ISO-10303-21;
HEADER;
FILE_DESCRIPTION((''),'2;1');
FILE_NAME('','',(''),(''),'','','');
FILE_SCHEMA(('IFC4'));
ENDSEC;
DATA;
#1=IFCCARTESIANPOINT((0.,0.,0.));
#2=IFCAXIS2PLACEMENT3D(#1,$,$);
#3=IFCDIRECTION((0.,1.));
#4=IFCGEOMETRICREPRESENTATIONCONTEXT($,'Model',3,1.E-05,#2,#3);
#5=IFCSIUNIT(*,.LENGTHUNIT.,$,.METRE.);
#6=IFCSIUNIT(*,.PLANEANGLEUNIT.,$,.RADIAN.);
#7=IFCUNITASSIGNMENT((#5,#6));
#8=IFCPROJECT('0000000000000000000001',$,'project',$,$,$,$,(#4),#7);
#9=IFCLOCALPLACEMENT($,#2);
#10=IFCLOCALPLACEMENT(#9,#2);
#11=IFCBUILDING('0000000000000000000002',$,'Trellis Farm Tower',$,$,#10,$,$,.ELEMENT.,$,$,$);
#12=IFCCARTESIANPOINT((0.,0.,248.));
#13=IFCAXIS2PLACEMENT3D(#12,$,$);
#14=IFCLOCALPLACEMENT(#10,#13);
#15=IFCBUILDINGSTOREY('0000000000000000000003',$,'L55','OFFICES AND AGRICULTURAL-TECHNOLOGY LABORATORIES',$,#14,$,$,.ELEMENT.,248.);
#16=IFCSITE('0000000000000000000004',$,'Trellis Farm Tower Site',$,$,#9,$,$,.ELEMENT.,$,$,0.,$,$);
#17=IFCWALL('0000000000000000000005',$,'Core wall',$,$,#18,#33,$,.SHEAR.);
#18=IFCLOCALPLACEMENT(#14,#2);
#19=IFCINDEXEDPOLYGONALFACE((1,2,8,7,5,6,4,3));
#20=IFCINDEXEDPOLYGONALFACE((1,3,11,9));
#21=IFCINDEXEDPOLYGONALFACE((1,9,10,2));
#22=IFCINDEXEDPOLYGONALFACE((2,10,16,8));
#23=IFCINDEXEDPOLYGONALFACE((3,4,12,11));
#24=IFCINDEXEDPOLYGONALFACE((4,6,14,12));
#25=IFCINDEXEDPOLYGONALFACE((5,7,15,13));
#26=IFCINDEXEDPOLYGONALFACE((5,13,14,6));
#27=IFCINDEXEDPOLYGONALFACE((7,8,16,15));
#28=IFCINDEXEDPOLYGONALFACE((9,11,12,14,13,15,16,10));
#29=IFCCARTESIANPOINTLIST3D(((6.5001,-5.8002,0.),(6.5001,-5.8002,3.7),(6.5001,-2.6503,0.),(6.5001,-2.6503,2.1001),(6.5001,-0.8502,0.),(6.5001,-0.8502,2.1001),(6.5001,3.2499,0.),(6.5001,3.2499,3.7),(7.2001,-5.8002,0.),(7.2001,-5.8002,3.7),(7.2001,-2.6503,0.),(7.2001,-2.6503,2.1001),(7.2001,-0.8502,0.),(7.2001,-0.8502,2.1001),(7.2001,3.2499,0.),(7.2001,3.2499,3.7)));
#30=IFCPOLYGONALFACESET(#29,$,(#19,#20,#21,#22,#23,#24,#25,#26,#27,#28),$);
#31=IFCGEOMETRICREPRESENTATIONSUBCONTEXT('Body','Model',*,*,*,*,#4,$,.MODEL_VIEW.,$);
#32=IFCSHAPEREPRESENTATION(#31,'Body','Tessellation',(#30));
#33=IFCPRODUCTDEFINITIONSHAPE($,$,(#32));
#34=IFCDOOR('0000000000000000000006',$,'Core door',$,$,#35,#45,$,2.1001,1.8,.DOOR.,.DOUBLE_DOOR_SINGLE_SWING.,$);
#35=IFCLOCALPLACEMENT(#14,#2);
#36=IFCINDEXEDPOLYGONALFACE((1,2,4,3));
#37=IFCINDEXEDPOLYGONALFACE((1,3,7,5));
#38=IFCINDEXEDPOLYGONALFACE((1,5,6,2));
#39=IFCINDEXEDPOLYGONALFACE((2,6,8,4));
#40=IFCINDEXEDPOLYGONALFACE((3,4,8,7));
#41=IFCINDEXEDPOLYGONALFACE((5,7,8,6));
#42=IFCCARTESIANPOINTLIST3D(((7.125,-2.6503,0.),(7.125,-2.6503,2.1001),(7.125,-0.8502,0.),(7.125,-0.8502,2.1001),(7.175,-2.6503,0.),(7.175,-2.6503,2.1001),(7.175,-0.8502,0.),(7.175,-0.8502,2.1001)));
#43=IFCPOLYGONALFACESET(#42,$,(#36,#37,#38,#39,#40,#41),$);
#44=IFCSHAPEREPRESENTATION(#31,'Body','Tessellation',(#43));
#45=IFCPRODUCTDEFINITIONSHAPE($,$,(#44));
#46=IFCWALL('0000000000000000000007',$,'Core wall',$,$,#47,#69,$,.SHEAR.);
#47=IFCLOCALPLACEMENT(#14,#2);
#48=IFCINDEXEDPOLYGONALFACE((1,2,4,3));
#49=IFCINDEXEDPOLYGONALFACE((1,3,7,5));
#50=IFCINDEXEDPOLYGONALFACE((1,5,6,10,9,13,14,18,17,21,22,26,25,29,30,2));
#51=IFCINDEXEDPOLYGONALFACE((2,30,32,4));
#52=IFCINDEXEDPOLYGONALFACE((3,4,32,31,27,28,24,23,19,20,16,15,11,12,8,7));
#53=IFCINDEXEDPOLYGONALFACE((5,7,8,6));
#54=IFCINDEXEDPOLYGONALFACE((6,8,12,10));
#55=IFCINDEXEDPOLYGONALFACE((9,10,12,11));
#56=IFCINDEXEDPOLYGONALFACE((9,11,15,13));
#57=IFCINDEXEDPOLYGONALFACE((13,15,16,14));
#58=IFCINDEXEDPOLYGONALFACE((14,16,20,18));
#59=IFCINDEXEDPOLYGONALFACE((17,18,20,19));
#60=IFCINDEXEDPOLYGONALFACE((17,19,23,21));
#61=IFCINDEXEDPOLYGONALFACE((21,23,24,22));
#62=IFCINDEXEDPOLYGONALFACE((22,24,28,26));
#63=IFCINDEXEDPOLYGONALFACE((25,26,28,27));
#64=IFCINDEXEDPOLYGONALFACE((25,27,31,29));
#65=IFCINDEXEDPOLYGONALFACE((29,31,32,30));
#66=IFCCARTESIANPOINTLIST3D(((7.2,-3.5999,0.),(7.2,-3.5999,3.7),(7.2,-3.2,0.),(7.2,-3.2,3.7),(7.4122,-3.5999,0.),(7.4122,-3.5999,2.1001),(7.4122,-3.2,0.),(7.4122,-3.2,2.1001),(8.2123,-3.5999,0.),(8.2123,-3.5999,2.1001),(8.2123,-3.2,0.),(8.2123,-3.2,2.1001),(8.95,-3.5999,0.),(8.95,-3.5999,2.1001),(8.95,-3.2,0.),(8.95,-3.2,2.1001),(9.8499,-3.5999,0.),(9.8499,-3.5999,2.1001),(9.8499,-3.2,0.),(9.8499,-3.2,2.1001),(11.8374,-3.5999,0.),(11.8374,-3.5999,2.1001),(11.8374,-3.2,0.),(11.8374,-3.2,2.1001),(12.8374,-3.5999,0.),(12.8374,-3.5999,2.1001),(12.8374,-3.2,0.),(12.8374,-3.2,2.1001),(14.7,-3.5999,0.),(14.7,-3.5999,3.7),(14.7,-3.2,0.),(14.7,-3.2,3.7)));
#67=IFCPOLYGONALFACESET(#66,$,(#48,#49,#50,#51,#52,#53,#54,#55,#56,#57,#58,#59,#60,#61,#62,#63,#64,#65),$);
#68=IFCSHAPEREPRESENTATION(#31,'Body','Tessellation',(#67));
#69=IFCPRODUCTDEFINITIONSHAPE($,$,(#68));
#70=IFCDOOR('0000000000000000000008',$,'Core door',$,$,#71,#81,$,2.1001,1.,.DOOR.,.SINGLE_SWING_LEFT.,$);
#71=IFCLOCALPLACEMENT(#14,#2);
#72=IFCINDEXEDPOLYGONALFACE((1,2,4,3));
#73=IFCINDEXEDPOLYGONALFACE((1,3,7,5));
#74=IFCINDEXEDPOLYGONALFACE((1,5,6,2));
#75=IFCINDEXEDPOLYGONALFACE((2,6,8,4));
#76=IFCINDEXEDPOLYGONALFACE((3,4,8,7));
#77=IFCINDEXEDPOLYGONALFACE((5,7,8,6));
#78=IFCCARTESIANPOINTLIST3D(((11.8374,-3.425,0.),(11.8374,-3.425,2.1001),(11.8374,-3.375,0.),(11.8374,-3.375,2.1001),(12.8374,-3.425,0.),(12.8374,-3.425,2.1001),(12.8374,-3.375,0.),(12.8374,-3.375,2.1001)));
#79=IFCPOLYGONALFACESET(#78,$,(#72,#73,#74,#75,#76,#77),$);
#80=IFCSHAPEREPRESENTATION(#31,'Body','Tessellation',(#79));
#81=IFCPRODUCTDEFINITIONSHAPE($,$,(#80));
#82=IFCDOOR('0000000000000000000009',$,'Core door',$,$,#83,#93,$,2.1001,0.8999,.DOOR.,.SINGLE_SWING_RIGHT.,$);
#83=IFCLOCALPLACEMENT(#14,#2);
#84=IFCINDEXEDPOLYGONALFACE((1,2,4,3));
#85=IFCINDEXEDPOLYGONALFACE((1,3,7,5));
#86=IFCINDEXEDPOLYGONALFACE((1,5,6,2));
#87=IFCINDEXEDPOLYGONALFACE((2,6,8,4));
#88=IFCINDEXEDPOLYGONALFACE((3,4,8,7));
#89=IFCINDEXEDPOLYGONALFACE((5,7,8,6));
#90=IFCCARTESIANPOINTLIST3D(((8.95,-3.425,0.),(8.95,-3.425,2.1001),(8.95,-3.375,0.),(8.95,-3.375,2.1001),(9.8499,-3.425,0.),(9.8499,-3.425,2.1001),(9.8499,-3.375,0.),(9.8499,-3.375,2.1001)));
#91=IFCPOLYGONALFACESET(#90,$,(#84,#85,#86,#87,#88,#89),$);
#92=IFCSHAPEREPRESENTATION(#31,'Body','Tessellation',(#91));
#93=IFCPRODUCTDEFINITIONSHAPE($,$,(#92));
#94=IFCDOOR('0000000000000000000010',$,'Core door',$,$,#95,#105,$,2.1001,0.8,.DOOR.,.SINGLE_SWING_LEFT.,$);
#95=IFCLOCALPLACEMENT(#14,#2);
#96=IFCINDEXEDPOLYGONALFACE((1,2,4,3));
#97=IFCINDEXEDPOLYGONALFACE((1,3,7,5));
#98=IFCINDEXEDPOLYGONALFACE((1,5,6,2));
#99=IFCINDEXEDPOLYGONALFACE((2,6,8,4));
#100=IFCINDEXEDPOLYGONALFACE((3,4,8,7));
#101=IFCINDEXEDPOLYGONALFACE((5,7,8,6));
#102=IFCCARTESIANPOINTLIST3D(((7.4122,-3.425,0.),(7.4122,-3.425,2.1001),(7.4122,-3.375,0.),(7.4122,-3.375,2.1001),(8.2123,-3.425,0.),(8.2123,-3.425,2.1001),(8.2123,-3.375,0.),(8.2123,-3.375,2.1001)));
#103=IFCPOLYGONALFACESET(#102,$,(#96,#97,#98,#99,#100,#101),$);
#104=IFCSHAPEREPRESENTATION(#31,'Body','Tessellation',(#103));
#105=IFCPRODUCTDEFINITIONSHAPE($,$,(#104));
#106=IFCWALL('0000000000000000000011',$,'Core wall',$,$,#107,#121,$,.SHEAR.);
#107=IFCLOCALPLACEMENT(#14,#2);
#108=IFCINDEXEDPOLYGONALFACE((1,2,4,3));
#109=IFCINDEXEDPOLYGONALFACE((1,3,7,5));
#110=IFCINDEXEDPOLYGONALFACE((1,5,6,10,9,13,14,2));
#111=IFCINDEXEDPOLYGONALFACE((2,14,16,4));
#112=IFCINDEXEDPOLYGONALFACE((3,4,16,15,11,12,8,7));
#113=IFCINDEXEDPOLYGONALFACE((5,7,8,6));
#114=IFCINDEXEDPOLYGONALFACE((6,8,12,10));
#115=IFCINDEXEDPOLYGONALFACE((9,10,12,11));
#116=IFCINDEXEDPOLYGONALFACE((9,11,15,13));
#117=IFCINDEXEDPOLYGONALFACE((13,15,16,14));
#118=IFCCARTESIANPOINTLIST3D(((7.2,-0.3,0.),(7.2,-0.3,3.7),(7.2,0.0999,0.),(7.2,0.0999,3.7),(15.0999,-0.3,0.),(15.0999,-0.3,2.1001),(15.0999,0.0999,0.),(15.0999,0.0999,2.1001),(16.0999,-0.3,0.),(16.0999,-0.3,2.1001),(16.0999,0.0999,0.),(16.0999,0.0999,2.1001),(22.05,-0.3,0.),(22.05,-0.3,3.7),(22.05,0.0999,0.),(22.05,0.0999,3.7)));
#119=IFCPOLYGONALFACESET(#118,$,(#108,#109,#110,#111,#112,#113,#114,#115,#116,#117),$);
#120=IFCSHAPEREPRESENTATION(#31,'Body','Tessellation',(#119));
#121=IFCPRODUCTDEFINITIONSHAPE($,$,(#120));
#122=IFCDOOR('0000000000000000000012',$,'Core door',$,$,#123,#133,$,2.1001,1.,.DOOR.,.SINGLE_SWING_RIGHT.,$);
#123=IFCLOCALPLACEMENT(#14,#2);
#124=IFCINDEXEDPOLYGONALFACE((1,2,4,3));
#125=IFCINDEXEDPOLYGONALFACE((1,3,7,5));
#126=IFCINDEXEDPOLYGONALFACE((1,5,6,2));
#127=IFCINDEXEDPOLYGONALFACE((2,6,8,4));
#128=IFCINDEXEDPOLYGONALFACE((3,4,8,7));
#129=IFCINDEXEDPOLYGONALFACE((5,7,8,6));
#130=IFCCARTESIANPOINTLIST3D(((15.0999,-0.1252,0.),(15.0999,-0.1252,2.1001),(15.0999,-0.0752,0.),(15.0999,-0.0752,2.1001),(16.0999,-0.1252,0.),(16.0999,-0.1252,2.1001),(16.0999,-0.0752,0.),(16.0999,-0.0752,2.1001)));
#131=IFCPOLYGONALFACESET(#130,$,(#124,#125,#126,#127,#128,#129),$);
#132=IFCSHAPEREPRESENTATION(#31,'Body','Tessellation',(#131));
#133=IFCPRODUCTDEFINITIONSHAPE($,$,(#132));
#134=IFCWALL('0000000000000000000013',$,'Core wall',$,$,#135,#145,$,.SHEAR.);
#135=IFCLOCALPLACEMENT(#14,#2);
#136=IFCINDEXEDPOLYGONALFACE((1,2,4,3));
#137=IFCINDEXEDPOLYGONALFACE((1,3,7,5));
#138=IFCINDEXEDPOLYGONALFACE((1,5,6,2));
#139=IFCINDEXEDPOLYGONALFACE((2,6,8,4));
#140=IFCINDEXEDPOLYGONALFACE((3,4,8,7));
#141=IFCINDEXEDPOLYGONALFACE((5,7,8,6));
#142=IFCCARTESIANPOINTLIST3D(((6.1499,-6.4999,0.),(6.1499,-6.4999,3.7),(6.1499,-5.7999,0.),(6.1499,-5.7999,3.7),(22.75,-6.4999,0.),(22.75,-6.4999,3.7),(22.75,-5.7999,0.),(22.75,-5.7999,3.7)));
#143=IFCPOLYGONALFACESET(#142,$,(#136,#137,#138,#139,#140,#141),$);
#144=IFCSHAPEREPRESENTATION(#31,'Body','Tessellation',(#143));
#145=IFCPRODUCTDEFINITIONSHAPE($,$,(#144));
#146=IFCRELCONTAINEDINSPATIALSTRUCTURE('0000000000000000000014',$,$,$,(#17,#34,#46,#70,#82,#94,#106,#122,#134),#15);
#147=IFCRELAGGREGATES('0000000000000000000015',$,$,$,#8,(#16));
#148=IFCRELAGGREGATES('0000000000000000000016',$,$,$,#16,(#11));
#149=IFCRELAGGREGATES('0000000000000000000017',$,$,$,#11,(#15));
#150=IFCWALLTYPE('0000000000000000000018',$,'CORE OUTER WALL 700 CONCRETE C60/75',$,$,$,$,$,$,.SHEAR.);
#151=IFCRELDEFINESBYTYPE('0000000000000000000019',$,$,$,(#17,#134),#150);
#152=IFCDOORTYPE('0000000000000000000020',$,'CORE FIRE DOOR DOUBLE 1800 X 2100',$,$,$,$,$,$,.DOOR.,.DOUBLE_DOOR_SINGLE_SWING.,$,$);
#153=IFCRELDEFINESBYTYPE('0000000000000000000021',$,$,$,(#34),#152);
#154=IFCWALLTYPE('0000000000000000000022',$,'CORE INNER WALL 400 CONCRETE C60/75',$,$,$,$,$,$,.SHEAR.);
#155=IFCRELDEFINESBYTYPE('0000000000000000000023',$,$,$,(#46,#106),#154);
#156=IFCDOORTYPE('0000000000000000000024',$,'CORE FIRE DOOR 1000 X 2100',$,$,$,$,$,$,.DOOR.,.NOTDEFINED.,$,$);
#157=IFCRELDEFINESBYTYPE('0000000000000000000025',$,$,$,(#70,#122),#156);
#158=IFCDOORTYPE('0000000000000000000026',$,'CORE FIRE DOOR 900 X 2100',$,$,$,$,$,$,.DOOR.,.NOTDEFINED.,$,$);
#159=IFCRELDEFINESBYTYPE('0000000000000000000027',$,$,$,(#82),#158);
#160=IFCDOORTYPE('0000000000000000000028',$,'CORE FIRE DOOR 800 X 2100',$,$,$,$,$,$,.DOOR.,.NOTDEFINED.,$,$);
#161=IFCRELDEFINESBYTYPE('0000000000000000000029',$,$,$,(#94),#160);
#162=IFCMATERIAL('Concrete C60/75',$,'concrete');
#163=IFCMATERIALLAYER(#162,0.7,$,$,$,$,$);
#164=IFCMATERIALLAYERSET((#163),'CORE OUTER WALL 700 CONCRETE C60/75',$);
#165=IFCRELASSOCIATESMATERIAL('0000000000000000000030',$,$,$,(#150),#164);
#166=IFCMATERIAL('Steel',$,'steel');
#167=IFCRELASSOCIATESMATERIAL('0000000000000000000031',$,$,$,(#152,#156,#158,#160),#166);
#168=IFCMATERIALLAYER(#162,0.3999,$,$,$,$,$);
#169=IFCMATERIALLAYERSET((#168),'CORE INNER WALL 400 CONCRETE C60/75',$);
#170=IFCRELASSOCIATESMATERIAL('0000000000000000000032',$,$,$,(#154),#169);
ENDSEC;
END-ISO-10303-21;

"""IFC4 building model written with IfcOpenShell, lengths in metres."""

from ifc_helpers import new_model, si_unit, direction, frame, frame_2d, origin, place, context, subcontext, project, spatial, rectangle, extrude, source, transform, mapped, material, layer, layer_set, type_object, element, fill, save


model = new_model("IFC4")

# Units and contexts
model_context = context("Model", 3, precision=1e-05, world=origin(), true_north=direction((0.0, 1.0)))
body_context = subcontext(model_context, "Body", "Model", "MODEL_VIEW")
ifc_project = project(units=[si_unit("LENGTHUNIT", "METRE"), si_unit("PLANEANGLEUNIT", "RADIAN")], contexts=[model_context])

# Site, building, storey
site_placement = place(None, origin())
site = spatial("IfcSite", under=ifc_project, at=site_placement, Name="Trellis Farm Tower Site", CompositionType="ELEMENT", RefElevation=0.0)
building_placement = place(site_placement, origin())
building = spatial("IfcBuilding", under=site, at=building_placement, Name="Trellis Farm Tower", CompositionType="ELEMENT")
storey_placement = place(building_placement, frame((0.0, 0.0, 248.0)))
storey = spatial("IfcBuildingStorey", under=building, at=storey_placement, Name="L55", Description="OFFICES AND AGRICULTURAL-TECHNOLOGY LABORATORIES", CompositionType="ELEMENT", Elevation=248.0)

# Shared definitions
ifc_material_1 = material(Name="Concrete C60/75", Category="concrete")

# Wall, opening, door
ifc_layer_1 = layer(ifc_material_1, 0.7)
ifc_layer_set_1 = layer_set([ifc_layer_1], Name="CORE OUTER WALL 700 CONCRETE C60/75")
wall_type_1 = type_object("IfcWallType", Name="CORE OUTER WALL 700 CONCRETE C60/75", PredefinedType="SHEAR", material=ifc_layer_set_1)
shared_shape_1 = source(origin(), body_context, "Body", "SweptSolid", [
    extrude(rectangle(XDim=9.05, YDim=0.7, at=frame_2d((4.5249, 0.0))), origin(), (0.0, 0.0, 1.0), 3.7),
])
wall_1_placement = place(storey_placement, frame((6.8501, -5.8, 0.0), z_axis=(0.0, 0.0, 1.0), x_axis=(0.0, 1.0, 0.0)))
wall_1 = element("IfcWall", 1, at=wall_1_placement, inside=storey, type_object=wall_type_1, Name="Core wall", PredefinedType="SHEAR", context=body_context, shape_type="MappedRepresentation", body=[
    mapped(shared_shape_1, transform((0.0, 0.0, 0.0))),
])
shared_shape_2 = source(origin(), body_context, "Body", "SweptSolid", [
    extrude(rectangle(XDim=1.8, YDim=2.1001, at=frame_2d((0.8999, 1.05))), frame((0.0, 0.3601, 0.0), z_axis=(0.0, -1.0, 0.0), x_axis=(1.0, 0.0, 0.0)), (0.0, 0.0, 1.0), 0.7202),
])
opening_1_placement = place(wall_1_placement, frame((3.1499, 0.0, 0.0)))
opening_1 = element("IfcOpeningElement", 2, at=opening_1_placement, cuts=wall_1, PredefinedType="OPENING", context=body_context, shape_type="MappedRepresentation", body=[
    mapped(shared_shape_2, transform((0.0, 0.0, 0.0))),
])
ifc_material_2 = material(Name="Steel", Category="steel")
door_type_1 = type_object("IfcDoorType", Name="CORE FIRE DOOR DOUBLE 1800 X 2100", OperationType="DOUBLE_DOOR_SINGLE_SWING", PredefinedType="DOOR", material=ifc_material_2)
shared_shape_3 = source(origin(), body_context, "Body", "SweptSolid", [
    extrude(rectangle(XDim=1.8, YDim=2.1001, at=frame_2d((0.8999, 1.05))), frame((0.0, -0.2749, 0.0), z_axis=(0.0, -1.0, 0.0), x_axis=(1.0, 0.0, 0.0)), (0.0, 0.0, 1.0), 0.05),
])
door_1_placement = place(opening_1_placement, origin())
door_1 = element("IfcDoor", 3, at=door_1_placement, inside=storey, type_object=door_type_1, Name="Core door", OperationType="DOUBLE_DOOR_SINGLE_SWING", OverallHeight=2.1001, OverallWidth=1.8, PredefinedType="DOOR", context=body_context, shape_type="MappedRepresentation", body=[
    mapped(shared_shape_3, transform((0.0, 0.0, 0.0))),
])
fill(opening_1, door_1)

# Wall, openings, doors
ifc_layer_2 = layer(ifc_material_1, 0.3999)
ifc_layer_set_2 = layer_set([ifc_layer_2], Name="CORE INNER WALL 400 CONCRETE C60/75")
wall_type_2 = type_object("IfcWallType", Name="CORE INNER WALL 400 CONCRETE C60/75", PredefinedType="SHEAR", material=ifc_layer_set_2)
shared_shape_4 = source(origin(), body_context, "Body", "SweptSolid", [
    extrude(rectangle(XDim=7.5, YDim=0.3999, at=frame_2d((3.75, 0.0))), origin(), (0.0, 0.0, 1.0), 3.7),
])
wall_2_placement = place(storey_placement, frame((7.2, -3.3999, 0.0), z_axis=(0.0, 0.0, 1.0), x_axis=(1.0, 0.0, 0.0)))
wall_2 = element("IfcWall", 4, at=wall_2_placement, inside=storey, type_object=wall_type_2, Name="Core wall", PredefinedType="SHEAR", context=body_context, shape_type="MappedRepresentation", body=[
    mapped(shared_shape_4, transform((0.0, 0.0, 0.0))),
])
shared_shape_5 = source(origin(), body_context, "Body", "SweptSolid", [
    extrude(rectangle(XDim=0.8, YDim=2.1001, at=frame_2d((0.3999, 1.05))), frame((0.0, 0.21, 0.0), z_axis=(0.0, -1.0, 0.0), x_axis=(1.0, 0.0, 0.0)), (0.0, 0.0, 1.0), 0.4199),
])
opening_2_placement = place(wall_2_placement, frame((0.2124, 0.0, 0.0)))
opening_2 = element("IfcOpeningElement", 5, at=opening_2_placement, cuts=wall_2, PredefinedType="OPENING", context=body_context, shape_type="MappedRepresentation", body=[
    mapped(shared_shape_5, transform((0.0, 0.0, 0.0))),
])
shared_shape_6 = source(origin(), body_context, "Body", "SweptSolid", [
    extrude(rectangle(XDim=0.8999, YDim=2.1001, at=frame_2d((0.45, 1.05))), frame((0.0, 0.21, 0.0), z_axis=(0.0, -1.0, 0.0), x_axis=(1.0, 0.0, 0.0)), (0.0, 0.0, 1.0), 0.4199),
])
opening_3_placement = place(wall_2_placement, frame((1.75, 0.0, 0.0)))
opening_3 = element("IfcOpeningElement", 6, at=opening_3_placement, cuts=wall_2, PredefinedType="OPENING", context=body_context, shape_type="MappedRepresentation", body=[
    mapped(shared_shape_6, transform((0.0, 0.0, 0.0))),
])
shared_shape_7 = source(origin(), body_context, "Body", "SweptSolid", [
    extrude(rectangle(XDim=1.0, YDim=2.1001, at=frame_2d((0.5, 1.05))), frame((0.0, 0.21, 0.0), z_axis=(0.0, -1.0, 0.0), x_axis=(1.0, 0.0, 0.0)), (0.0, 0.0, 1.0), 0.4199),
])
opening_4_placement = place(wall_2_placement, frame((4.6375, 0.0, 0.0)))
opening_4 = element("IfcOpeningElement", 7, at=opening_4_placement, cuts=wall_2, PredefinedType="OPENING", context=body_context, shape_type="MappedRepresentation", body=[
    mapped(shared_shape_7, transform((0.0, 0.0, 0.0))),
])
door_type_2 = type_object("IfcDoorType", Name="CORE FIRE DOOR 1000 X 2100", OperationType="NOTDEFINED", PredefinedType="DOOR", material=ifc_material_2)
shared_shape_8 = source(origin(), body_context, "Body", "SweptSolid", [
    extrude(rectangle(XDim=1.0, YDim=2.1001, at=frame_2d((0.5, 1.05))), frame((0.0, 0.0249, 0.0), z_axis=(0.0, -1.0, 0.0), x_axis=(1.0, 0.0, 0.0)), (0.0, 0.0, 1.0), 0.05),
])
door_2_placement = place(opening_4_placement, origin())
door_2 = element("IfcDoor", 8, at=door_2_placement, inside=storey, type_object=door_type_2, Name="Core door", OperationType="SINGLE_SWING_LEFT", OverallHeight=2.1001, OverallWidth=1.0, PredefinedType="DOOR", context=body_context, shape_type="MappedRepresentation", body=[
    mapped(shared_shape_8, transform((0.0, 0.0, 0.0))),
])
fill(opening_4, door_2)
door_type_3 = type_object("IfcDoorType", Name="CORE FIRE DOOR 900 X 2100", OperationType="NOTDEFINED", PredefinedType="DOOR", material=ifc_material_2)
shared_shape_9 = source(origin(), body_context, "Body", "SweptSolid", [
    extrude(rectangle(XDim=0.8999, YDim=2.1001, at=frame_2d((0.45, 1.05))), frame((0.0, 0.0249, 0.0), z_axis=(0.0, -1.0, 0.0), x_axis=(1.0, 0.0, 0.0)), (0.0, 0.0, 1.0), 0.05),
])
door_3_placement = place(opening_3_placement, origin())
door_3 = element("IfcDoor", 9, at=door_3_placement, inside=storey, type_object=door_type_3, Name="Core door", OperationType="SINGLE_SWING_RIGHT", OverallHeight=2.1001, OverallWidth=0.8999, PredefinedType="DOOR", context=body_context, shape_type="MappedRepresentation", body=[
    mapped(shared_shape_9, transform((0.0, 0.0, 0.0))),
])
fill(opening_3, door_3)
door_type_4 = type_object("IfcDoorType", Name="CORE FIRE DOOR 800 X 2100", OperationType="NOTDEFINED", PredefinedType="DOOR", material=ifc_material_2)
shared_shape_10 = source(origin(), body_context, "Body", "SweptSolid", [
    extrude(rectangle(XDim=0.8, YDim=2.1001, at=frame_2d((0.3999, 1.05))), frame((0.0, 0.0249, 0.0), z_axis=(0.0, -1.0, 0.0), x_axis=(1.0, 0.0, 0.0)), (0.0, 0.0, 1.0), 0.05),
])
door_4_placement = place(opening_2_placement, origin())
door_4 = element("IfcDoor", 10, at=door_4_placement, inside=storey, type_object=door_type_4, Name="Core door", OperationType="SINGLE_SWING_LEFT", OverallHeight=2.1001, OverallWidth=0.8, PredefinedType="DOOR", context=body_context, shape_type="MappedRepresentation", body=[
    mapped(shared_shape_10, transform((0.0, 0.0, 0.0))),
])
fill(opening_2, door_4)

# Wall, opening, door
shared_shape_11 = source(origin(), body_context, "Body", "SweptSolid", [
    extrude(rectangle(XDim=14.8501, YDim=0.3999, at=frame_2d((7.425, 0.0))), origin(), (0.0, 0.0, 1.0), 3.7),
])
wall_3_placement = place(storey_placement, frame((7.2, -0.1001, 0.0), z_axis=(0.0, 0.0, 1.0), x_axis=(1.0, 0.0, 0.0)))
wall_3 = element("IfcWall", 11, at=wall_3_placement, inside=storey, type_object=wall_type_2, Name="Core wall", PredefinedType="SHEAR", context=body_context, shape_type="MappedRepresentation", body=[
    mapped(shared_shape_11, transform((0.0, 0.0, 0.0))),
])
opening_5_placement = place(wall_3_placement, frame((7.8999, 0.0, 0.0)))
opening_5 = element("IfcOpeningElement", 12, at=opening_5_placement, cuts=wall_3, PredefinedType="OPENING", context=body_context, shape_type="MappedRepresentation", body=[
    mapped(shared_shape_7, transform((0.0, 0.0, 0.0))),
])
door_5_placement = place(opening_5_placement, origin())
door_5 = element("IfcDoor", 13, at=door_5_placement, inside=storey, type_object=door_type_2, Name="Core door", OperationType="SINGLE_SWING_RIGHT", OverallHeight=2.1001, OverallWidth=1.0, PredefinedType="DOOR", context=body_context, shape_type="MappedRepresentation", body=[
    mapped(shared_shape_8, transform((0.0, 0.0, 0.0))),
])
fill(opening_5, door_5)

# Wall
shared_shape_12 = source(origin(), body_context, "Body", "SweptSolid", [
    extrude(rectangle(XDim=16.6001, YDim=0.7, at=frame_2d((8.3, 0.0))), origin(), (0.0, 0.0, 1.0), 3.7),
])
wall_4_placement = place(storey_placement, frame((6.1499, -6.1499, 0.0), z_axis=(0.0, 0.0, 1.0), x_axis=(1.0, 0.0, 0.0)))
element("IfcWall", 14, at=wall_4_placement, inside=storey, type_object=wall_type_1, Name="Core wall", PredefinedType="SHEAR", context=body_context, shape_type="MappedRepresentation", body=[
    mapped(shared_shape_12, transform((0.0, 0.0, 0.0))),
])

save(model, "model.ifc")
